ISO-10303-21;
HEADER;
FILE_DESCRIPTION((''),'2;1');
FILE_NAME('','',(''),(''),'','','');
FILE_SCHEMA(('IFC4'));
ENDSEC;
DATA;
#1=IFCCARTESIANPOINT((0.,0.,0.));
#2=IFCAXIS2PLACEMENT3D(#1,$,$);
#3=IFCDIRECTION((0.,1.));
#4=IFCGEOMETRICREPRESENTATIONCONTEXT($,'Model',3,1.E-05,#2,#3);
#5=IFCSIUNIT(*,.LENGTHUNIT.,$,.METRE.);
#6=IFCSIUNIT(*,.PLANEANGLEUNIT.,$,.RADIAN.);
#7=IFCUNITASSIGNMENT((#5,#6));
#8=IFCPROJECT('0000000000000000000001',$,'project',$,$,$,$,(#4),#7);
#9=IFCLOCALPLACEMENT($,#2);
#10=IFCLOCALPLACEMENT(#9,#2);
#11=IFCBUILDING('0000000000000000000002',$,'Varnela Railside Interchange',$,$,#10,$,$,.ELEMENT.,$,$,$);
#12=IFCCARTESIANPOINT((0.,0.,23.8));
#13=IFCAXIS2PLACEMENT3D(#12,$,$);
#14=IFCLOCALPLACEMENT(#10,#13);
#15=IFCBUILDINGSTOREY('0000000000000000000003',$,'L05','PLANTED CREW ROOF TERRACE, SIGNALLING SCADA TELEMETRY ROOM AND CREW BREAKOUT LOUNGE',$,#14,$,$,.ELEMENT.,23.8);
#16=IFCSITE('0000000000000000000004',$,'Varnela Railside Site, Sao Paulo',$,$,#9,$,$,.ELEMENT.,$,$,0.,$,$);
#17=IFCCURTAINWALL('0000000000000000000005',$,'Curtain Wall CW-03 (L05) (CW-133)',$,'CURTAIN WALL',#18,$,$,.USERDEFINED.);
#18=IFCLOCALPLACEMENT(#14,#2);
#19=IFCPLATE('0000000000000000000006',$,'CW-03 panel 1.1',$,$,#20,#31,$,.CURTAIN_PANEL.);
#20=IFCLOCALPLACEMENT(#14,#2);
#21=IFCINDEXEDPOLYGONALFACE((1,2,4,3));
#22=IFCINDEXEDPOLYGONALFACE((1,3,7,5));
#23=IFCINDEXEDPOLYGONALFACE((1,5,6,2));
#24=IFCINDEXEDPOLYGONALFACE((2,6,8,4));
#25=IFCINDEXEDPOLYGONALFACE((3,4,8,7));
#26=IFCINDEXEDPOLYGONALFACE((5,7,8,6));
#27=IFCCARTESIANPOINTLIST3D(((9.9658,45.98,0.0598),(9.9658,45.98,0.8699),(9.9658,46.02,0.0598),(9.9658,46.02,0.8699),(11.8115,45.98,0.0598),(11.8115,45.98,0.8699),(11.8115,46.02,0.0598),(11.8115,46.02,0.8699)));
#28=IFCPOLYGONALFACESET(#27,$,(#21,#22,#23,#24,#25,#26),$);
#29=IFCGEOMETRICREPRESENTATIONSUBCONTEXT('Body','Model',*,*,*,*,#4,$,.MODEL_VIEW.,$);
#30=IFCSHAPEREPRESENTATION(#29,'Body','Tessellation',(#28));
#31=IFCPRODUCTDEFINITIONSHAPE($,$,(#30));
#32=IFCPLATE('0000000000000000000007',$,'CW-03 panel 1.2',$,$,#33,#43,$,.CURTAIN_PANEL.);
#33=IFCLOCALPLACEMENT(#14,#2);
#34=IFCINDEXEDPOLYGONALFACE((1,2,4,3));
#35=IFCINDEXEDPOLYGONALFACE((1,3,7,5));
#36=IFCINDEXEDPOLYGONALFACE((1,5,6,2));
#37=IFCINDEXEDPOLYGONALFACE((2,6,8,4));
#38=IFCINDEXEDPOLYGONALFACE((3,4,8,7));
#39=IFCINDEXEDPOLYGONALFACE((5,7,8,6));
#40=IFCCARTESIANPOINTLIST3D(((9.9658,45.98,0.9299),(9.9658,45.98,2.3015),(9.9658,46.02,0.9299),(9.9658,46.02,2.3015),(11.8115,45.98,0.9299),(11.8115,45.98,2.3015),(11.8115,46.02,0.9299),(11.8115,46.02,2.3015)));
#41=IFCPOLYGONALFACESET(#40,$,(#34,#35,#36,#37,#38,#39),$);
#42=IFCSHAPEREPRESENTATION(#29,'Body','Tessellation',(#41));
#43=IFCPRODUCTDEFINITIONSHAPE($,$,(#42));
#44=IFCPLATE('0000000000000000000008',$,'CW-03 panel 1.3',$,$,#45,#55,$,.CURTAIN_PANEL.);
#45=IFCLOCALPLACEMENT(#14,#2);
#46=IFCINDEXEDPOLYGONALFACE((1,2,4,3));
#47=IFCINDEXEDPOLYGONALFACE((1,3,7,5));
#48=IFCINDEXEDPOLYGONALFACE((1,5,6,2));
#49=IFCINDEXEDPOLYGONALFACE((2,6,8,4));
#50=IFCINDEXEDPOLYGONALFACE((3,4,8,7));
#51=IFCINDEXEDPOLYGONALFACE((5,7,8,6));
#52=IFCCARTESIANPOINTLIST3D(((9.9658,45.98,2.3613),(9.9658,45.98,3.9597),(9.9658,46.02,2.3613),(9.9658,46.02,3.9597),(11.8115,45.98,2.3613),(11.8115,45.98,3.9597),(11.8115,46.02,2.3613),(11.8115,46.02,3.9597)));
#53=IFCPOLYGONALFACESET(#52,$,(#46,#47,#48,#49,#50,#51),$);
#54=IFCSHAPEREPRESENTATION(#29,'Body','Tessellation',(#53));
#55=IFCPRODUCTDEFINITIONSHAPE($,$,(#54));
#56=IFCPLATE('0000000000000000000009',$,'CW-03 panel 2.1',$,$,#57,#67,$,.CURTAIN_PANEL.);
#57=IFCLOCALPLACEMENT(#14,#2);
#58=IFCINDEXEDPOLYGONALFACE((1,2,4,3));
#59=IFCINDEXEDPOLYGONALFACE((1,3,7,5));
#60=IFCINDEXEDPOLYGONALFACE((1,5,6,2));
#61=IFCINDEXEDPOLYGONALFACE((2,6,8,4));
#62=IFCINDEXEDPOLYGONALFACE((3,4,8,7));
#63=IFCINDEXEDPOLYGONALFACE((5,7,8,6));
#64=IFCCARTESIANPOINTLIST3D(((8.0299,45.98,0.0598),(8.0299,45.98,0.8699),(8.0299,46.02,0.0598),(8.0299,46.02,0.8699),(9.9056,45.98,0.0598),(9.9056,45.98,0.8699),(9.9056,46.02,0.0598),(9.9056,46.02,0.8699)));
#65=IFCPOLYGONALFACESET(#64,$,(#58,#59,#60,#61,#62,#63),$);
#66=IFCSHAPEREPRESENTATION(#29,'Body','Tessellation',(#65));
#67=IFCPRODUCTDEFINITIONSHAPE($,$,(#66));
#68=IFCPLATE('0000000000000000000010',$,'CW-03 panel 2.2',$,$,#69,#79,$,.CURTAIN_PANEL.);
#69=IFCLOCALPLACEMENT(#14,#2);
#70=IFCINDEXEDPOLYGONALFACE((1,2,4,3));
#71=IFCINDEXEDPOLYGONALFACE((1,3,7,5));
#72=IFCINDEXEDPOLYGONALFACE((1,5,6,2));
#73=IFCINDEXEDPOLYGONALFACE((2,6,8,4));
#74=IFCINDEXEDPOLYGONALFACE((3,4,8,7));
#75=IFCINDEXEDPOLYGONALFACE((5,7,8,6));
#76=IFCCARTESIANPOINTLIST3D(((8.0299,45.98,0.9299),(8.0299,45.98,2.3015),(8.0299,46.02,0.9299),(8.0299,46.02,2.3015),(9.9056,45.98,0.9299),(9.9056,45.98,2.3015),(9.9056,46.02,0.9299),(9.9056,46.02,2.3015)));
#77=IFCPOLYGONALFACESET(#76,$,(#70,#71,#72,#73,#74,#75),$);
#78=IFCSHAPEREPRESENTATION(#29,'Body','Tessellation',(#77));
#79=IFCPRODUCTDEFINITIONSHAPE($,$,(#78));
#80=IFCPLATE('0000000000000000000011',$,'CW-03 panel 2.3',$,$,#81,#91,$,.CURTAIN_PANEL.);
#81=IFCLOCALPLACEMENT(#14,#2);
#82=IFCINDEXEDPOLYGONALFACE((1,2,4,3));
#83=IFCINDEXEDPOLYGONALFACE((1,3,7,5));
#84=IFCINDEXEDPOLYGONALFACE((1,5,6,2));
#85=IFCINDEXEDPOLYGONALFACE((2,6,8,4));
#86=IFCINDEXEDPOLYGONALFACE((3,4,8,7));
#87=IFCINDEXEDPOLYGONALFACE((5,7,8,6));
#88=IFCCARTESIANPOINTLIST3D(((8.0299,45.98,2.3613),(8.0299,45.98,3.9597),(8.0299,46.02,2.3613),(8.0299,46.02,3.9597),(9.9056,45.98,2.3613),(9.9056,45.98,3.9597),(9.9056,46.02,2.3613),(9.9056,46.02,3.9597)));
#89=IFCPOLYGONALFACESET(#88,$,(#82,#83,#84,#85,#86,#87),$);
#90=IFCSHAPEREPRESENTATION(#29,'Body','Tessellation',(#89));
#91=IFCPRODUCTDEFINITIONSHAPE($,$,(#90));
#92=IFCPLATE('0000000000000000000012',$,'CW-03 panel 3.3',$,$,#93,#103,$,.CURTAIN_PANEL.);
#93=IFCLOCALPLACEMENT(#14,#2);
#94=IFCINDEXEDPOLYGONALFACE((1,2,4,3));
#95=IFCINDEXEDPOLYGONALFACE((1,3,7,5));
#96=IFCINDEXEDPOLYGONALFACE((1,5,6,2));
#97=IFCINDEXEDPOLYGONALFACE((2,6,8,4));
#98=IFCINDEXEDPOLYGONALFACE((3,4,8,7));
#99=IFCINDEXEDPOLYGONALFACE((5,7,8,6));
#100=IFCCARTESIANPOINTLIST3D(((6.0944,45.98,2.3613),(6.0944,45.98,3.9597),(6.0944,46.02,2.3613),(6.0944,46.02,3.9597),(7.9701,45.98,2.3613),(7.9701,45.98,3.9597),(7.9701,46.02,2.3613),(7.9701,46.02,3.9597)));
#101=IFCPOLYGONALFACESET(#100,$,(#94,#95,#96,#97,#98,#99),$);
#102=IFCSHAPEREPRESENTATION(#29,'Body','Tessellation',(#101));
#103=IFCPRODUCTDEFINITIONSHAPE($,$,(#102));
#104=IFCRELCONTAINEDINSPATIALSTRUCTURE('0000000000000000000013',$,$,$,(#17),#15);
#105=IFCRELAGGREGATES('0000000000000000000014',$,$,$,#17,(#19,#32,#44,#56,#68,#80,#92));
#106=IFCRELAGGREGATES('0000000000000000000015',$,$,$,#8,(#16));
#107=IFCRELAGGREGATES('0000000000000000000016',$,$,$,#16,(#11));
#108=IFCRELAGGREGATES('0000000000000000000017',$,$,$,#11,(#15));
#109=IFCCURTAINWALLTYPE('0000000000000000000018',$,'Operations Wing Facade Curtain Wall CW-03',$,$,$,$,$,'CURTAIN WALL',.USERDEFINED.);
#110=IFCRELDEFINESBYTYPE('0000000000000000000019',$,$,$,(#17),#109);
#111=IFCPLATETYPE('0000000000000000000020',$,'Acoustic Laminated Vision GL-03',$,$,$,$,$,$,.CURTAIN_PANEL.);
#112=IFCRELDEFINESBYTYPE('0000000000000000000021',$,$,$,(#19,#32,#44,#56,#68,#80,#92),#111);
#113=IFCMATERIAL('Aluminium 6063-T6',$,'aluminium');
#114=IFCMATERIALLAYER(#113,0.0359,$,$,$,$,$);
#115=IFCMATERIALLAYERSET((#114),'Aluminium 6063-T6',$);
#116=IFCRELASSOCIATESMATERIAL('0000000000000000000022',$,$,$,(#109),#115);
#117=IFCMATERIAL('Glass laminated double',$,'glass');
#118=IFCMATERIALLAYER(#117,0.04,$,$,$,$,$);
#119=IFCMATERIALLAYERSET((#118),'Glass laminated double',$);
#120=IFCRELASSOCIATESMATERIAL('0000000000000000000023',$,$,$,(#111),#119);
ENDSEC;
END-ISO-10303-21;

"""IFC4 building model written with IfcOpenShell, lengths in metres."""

from ifc_helpers import new_model, si_unit, direction, frame, origin, origin_2d, place, context, subcontext, project, spatial, rectangle, extrude, material, layer, layer_set, type_object, element, aggregate, save


model = new_model("IFC4")

# Units and contexts
model_context = context("Model", 3, precision=1e-05, world=origin(), true_north=direction((0.0, 1.0)))
body_context = subcontext(model_context, "Body", "Model", "MODEL_VIEW")
ifc_project = project(units=[si_unit("LENGTHUNIT", "METRE"), si_unit("PLANEANGLEUNIT", "RADIAN")], contexts=[model_context])

# Site, building, storey
site_placement = place(None, origin())
site = spatial("IfcSite", under=ifc_project, at=site_placement, Name="Varnela Railside Site, Sao Paulo", CompositionType="ELEMENT", RefElevation=0.0)
building_placement = place(site_placement, origin())
building = spatial("IfcBuilding", under=site, at=building_placement, Name="Varnela Railside Interchange", CompositionType="ELEMENT")
storey_placement = place(building_placement, frame((0.0, 0.0, 23.8)))
storey = spatial("IfcBuildingStorey", under=building, at=storey_placement, Name="L05", Description="PLANTED CREW ROOF TERRACE, SIGNALLING SCADA TELEMETRY ROOM AND CREW BREAKOUT LOUNGE", CompositionType="ELEMENT", Elevation=23.8)

# Curtain wall, plates
ifc_material_1 = material(Name="Aluminium 6063-T6", Category="aluminium")
ifc_layer_1 = layer(ifc_material_1, 0.0359)
ifc_layer_set_1 = layer_set([ifc_layer_1], Name="Aluminium 6063-T6")
curtain_wall_type = type_object("IfcCurtainWallType", Name="Operations Wing Facade Curtain Wall CW-03", ElementType="CURTAIN WALL", PredefinedType="USERDEFINED", material=ifc_layer_set_1)
curtain_wall_placement = place(storey_placement, origin())
curtain_wall = element("IfcCurtainWall", 1, at=curtain_wall_placement, inside=storey, type_object=curtain_wall_type, Name="Curtain Wall CW-03 (L05) (CW-133)", ObjectType="CURTAIN WALL", PredefinedType="USERDEFINED")
ifc_material_2 = material(Name="Glass laminated double", Category="glass")
ifc_layer_2 = layer(ifc_material_2, 0.04)
ifc_layer_set_2 = layer_set([ifc_layer_2], Name="Glass laminated double")
plate_type = type_object("IfcPlateType", Name="Acoustic Laminated Vision GL-03", PredefinedType="CURTAIN_PANEL", material=ifc_layer_set_2)
plate_1_placement = place(storey_placement, frame((10.8887, 46.0, 0.0598), z_axis=(0.0, 0.0, 1.0), x_axis=(-1.0, 0.0, 0.0)))
plate_1 = element("IfcPlate", 2, at=plate_1_placement, type_object=plate_type, Name="CW-03 panel 1.1", PredefinedType="CURTAIN_PANEL", context=body_context, shape_type="SweptSolid", body=[
    extrude(rectangle(XDim=1.8457, YDim=0.04, at=origin_2d()), origin(), (0.0, 0.0, 1.0), 0.8101),
])
plate_2_placement = place(storey_placement, frame((10.8887, 46.0, 0.9299), z_axis=(0.0, 0.0, 1.0), x_axis=(-1.0, 0.0, 0.0)))
plate_2 = element("IfcPlate", 3, at=plate_2_placement, type_object=plate_type, Name="CW-03 panel 1.2", PredefinedType="CURTAIN_PANEL", context=body_context, shape_type="SweptSolid", body=[
    extrude(rectangle(XDim=1.8457, YDim=0.04, at=origin_2d()), origin(), (0.0, 0.0, 1.0), 1.3716),
])
plate_3_placement = place(storey_placement, frame((10.8887, 46.0, 2.3613), z_axis=(0.0, 0.0, 1.0), x_axis=(-1.0, 0.0, 0.0)))
plate_3 = element("IfcPlate", 4, at=plate_3_placement, type_object=plate_type, Name="CW-03 panel 1.3", PredefinedType="CURTAIN_PANEL", context=body_context, shape_type="SweptSolid", body=[
    extrude(rectangle(XDim=1.8457, YDim=0.04, at=origin_2d()), origin(), (0.0, 0.0, 1.0), 1.5984),
])
plate_4_placement = place(storey_placement, frame((8.9678, 46.0, 0.0598), z_axis=(0.0, 0.0, 1.0), x_axis=(-1.0, 0.0, 0.0)))
plate_4 = element("IfcPlate", 5, at=plate_4_placement, type_object=plate_type, Name="CW-03 panel 2.1", PredefinedType="CURTAIN_PANEL", context=body_context, shape_type="SweptSolid", body=[
    extrude(rectangle(XDim=1.8757, YDim=0.04, at=origin_2d()), origin(), (0.0, 0.0, 1.0), 0.8101),
])
plate_5_placement = place(storey_placement, frame((8.9678, 46.0, 0.9299), z_axis=(0.0, 0.0, 1.0), x_axis=(-1.0, 0.0, 0.0)))
plate_5 = element("IfcPlate", 6, at=plate_5_placement, type_object=plate_type, Name="CW-03 panel 2.2", PredefinedType="CURTAIN_PANEL", context=body_context, shape_type="SweptSolid", body=[
    extrude(rectangle(XDim=1.8757, YDim=0.04, at=origin_2d()), origin(), (0.0, 0.0, 1.0), 1.3716),
])
plate_6_placement = place(storey_placement, frame((8.9678, 46.0, 2.3613), z_axis=(0.0, 0.0, 1.0), x_axis=(-1.0, 0.0, 0.0)))
plate_6 = element("IfcPlate", 7, at=plate_6_placement, type_object=plate_type, Name="CW-03 panel 2.3", PredefinedType="CURTAIN_PANEL", context=body_context, shape_type="SweptSolid", body=[
    extrude(rectangle(XDim=1.8757, YDim=0.04, at=origin_2d()), origin(), (0.0, 0.0, 1.0), 1.5984),
])
plate_7_placement = place(storey_placement, frame((7.0322, 46.0, 2.3613), z_axis=(0.0, 0.0, 1.0), x_axis=(-1.0, 0.0, 0.0)))
plate_7 = element("IfcPlate", 8, at=plate_7_placement, type_object=plate_type, Name="CW-03 panel 3.3", PredefinedType="CURTAIN_PANEL", context=body_context, shape_type="SweptSolid", body=[
    extrude(rectangle(XDim=1.8757, YDim=0.04, at=origin_2d()), origin(), (0.0, 0.0, 1.0), 1.5984),
])
aggregate(curtain_wall, [plate_1, plate_2, plate_3, plate_4, plate_5, plate_6, plate_7])

save(model, "model.ifc")
